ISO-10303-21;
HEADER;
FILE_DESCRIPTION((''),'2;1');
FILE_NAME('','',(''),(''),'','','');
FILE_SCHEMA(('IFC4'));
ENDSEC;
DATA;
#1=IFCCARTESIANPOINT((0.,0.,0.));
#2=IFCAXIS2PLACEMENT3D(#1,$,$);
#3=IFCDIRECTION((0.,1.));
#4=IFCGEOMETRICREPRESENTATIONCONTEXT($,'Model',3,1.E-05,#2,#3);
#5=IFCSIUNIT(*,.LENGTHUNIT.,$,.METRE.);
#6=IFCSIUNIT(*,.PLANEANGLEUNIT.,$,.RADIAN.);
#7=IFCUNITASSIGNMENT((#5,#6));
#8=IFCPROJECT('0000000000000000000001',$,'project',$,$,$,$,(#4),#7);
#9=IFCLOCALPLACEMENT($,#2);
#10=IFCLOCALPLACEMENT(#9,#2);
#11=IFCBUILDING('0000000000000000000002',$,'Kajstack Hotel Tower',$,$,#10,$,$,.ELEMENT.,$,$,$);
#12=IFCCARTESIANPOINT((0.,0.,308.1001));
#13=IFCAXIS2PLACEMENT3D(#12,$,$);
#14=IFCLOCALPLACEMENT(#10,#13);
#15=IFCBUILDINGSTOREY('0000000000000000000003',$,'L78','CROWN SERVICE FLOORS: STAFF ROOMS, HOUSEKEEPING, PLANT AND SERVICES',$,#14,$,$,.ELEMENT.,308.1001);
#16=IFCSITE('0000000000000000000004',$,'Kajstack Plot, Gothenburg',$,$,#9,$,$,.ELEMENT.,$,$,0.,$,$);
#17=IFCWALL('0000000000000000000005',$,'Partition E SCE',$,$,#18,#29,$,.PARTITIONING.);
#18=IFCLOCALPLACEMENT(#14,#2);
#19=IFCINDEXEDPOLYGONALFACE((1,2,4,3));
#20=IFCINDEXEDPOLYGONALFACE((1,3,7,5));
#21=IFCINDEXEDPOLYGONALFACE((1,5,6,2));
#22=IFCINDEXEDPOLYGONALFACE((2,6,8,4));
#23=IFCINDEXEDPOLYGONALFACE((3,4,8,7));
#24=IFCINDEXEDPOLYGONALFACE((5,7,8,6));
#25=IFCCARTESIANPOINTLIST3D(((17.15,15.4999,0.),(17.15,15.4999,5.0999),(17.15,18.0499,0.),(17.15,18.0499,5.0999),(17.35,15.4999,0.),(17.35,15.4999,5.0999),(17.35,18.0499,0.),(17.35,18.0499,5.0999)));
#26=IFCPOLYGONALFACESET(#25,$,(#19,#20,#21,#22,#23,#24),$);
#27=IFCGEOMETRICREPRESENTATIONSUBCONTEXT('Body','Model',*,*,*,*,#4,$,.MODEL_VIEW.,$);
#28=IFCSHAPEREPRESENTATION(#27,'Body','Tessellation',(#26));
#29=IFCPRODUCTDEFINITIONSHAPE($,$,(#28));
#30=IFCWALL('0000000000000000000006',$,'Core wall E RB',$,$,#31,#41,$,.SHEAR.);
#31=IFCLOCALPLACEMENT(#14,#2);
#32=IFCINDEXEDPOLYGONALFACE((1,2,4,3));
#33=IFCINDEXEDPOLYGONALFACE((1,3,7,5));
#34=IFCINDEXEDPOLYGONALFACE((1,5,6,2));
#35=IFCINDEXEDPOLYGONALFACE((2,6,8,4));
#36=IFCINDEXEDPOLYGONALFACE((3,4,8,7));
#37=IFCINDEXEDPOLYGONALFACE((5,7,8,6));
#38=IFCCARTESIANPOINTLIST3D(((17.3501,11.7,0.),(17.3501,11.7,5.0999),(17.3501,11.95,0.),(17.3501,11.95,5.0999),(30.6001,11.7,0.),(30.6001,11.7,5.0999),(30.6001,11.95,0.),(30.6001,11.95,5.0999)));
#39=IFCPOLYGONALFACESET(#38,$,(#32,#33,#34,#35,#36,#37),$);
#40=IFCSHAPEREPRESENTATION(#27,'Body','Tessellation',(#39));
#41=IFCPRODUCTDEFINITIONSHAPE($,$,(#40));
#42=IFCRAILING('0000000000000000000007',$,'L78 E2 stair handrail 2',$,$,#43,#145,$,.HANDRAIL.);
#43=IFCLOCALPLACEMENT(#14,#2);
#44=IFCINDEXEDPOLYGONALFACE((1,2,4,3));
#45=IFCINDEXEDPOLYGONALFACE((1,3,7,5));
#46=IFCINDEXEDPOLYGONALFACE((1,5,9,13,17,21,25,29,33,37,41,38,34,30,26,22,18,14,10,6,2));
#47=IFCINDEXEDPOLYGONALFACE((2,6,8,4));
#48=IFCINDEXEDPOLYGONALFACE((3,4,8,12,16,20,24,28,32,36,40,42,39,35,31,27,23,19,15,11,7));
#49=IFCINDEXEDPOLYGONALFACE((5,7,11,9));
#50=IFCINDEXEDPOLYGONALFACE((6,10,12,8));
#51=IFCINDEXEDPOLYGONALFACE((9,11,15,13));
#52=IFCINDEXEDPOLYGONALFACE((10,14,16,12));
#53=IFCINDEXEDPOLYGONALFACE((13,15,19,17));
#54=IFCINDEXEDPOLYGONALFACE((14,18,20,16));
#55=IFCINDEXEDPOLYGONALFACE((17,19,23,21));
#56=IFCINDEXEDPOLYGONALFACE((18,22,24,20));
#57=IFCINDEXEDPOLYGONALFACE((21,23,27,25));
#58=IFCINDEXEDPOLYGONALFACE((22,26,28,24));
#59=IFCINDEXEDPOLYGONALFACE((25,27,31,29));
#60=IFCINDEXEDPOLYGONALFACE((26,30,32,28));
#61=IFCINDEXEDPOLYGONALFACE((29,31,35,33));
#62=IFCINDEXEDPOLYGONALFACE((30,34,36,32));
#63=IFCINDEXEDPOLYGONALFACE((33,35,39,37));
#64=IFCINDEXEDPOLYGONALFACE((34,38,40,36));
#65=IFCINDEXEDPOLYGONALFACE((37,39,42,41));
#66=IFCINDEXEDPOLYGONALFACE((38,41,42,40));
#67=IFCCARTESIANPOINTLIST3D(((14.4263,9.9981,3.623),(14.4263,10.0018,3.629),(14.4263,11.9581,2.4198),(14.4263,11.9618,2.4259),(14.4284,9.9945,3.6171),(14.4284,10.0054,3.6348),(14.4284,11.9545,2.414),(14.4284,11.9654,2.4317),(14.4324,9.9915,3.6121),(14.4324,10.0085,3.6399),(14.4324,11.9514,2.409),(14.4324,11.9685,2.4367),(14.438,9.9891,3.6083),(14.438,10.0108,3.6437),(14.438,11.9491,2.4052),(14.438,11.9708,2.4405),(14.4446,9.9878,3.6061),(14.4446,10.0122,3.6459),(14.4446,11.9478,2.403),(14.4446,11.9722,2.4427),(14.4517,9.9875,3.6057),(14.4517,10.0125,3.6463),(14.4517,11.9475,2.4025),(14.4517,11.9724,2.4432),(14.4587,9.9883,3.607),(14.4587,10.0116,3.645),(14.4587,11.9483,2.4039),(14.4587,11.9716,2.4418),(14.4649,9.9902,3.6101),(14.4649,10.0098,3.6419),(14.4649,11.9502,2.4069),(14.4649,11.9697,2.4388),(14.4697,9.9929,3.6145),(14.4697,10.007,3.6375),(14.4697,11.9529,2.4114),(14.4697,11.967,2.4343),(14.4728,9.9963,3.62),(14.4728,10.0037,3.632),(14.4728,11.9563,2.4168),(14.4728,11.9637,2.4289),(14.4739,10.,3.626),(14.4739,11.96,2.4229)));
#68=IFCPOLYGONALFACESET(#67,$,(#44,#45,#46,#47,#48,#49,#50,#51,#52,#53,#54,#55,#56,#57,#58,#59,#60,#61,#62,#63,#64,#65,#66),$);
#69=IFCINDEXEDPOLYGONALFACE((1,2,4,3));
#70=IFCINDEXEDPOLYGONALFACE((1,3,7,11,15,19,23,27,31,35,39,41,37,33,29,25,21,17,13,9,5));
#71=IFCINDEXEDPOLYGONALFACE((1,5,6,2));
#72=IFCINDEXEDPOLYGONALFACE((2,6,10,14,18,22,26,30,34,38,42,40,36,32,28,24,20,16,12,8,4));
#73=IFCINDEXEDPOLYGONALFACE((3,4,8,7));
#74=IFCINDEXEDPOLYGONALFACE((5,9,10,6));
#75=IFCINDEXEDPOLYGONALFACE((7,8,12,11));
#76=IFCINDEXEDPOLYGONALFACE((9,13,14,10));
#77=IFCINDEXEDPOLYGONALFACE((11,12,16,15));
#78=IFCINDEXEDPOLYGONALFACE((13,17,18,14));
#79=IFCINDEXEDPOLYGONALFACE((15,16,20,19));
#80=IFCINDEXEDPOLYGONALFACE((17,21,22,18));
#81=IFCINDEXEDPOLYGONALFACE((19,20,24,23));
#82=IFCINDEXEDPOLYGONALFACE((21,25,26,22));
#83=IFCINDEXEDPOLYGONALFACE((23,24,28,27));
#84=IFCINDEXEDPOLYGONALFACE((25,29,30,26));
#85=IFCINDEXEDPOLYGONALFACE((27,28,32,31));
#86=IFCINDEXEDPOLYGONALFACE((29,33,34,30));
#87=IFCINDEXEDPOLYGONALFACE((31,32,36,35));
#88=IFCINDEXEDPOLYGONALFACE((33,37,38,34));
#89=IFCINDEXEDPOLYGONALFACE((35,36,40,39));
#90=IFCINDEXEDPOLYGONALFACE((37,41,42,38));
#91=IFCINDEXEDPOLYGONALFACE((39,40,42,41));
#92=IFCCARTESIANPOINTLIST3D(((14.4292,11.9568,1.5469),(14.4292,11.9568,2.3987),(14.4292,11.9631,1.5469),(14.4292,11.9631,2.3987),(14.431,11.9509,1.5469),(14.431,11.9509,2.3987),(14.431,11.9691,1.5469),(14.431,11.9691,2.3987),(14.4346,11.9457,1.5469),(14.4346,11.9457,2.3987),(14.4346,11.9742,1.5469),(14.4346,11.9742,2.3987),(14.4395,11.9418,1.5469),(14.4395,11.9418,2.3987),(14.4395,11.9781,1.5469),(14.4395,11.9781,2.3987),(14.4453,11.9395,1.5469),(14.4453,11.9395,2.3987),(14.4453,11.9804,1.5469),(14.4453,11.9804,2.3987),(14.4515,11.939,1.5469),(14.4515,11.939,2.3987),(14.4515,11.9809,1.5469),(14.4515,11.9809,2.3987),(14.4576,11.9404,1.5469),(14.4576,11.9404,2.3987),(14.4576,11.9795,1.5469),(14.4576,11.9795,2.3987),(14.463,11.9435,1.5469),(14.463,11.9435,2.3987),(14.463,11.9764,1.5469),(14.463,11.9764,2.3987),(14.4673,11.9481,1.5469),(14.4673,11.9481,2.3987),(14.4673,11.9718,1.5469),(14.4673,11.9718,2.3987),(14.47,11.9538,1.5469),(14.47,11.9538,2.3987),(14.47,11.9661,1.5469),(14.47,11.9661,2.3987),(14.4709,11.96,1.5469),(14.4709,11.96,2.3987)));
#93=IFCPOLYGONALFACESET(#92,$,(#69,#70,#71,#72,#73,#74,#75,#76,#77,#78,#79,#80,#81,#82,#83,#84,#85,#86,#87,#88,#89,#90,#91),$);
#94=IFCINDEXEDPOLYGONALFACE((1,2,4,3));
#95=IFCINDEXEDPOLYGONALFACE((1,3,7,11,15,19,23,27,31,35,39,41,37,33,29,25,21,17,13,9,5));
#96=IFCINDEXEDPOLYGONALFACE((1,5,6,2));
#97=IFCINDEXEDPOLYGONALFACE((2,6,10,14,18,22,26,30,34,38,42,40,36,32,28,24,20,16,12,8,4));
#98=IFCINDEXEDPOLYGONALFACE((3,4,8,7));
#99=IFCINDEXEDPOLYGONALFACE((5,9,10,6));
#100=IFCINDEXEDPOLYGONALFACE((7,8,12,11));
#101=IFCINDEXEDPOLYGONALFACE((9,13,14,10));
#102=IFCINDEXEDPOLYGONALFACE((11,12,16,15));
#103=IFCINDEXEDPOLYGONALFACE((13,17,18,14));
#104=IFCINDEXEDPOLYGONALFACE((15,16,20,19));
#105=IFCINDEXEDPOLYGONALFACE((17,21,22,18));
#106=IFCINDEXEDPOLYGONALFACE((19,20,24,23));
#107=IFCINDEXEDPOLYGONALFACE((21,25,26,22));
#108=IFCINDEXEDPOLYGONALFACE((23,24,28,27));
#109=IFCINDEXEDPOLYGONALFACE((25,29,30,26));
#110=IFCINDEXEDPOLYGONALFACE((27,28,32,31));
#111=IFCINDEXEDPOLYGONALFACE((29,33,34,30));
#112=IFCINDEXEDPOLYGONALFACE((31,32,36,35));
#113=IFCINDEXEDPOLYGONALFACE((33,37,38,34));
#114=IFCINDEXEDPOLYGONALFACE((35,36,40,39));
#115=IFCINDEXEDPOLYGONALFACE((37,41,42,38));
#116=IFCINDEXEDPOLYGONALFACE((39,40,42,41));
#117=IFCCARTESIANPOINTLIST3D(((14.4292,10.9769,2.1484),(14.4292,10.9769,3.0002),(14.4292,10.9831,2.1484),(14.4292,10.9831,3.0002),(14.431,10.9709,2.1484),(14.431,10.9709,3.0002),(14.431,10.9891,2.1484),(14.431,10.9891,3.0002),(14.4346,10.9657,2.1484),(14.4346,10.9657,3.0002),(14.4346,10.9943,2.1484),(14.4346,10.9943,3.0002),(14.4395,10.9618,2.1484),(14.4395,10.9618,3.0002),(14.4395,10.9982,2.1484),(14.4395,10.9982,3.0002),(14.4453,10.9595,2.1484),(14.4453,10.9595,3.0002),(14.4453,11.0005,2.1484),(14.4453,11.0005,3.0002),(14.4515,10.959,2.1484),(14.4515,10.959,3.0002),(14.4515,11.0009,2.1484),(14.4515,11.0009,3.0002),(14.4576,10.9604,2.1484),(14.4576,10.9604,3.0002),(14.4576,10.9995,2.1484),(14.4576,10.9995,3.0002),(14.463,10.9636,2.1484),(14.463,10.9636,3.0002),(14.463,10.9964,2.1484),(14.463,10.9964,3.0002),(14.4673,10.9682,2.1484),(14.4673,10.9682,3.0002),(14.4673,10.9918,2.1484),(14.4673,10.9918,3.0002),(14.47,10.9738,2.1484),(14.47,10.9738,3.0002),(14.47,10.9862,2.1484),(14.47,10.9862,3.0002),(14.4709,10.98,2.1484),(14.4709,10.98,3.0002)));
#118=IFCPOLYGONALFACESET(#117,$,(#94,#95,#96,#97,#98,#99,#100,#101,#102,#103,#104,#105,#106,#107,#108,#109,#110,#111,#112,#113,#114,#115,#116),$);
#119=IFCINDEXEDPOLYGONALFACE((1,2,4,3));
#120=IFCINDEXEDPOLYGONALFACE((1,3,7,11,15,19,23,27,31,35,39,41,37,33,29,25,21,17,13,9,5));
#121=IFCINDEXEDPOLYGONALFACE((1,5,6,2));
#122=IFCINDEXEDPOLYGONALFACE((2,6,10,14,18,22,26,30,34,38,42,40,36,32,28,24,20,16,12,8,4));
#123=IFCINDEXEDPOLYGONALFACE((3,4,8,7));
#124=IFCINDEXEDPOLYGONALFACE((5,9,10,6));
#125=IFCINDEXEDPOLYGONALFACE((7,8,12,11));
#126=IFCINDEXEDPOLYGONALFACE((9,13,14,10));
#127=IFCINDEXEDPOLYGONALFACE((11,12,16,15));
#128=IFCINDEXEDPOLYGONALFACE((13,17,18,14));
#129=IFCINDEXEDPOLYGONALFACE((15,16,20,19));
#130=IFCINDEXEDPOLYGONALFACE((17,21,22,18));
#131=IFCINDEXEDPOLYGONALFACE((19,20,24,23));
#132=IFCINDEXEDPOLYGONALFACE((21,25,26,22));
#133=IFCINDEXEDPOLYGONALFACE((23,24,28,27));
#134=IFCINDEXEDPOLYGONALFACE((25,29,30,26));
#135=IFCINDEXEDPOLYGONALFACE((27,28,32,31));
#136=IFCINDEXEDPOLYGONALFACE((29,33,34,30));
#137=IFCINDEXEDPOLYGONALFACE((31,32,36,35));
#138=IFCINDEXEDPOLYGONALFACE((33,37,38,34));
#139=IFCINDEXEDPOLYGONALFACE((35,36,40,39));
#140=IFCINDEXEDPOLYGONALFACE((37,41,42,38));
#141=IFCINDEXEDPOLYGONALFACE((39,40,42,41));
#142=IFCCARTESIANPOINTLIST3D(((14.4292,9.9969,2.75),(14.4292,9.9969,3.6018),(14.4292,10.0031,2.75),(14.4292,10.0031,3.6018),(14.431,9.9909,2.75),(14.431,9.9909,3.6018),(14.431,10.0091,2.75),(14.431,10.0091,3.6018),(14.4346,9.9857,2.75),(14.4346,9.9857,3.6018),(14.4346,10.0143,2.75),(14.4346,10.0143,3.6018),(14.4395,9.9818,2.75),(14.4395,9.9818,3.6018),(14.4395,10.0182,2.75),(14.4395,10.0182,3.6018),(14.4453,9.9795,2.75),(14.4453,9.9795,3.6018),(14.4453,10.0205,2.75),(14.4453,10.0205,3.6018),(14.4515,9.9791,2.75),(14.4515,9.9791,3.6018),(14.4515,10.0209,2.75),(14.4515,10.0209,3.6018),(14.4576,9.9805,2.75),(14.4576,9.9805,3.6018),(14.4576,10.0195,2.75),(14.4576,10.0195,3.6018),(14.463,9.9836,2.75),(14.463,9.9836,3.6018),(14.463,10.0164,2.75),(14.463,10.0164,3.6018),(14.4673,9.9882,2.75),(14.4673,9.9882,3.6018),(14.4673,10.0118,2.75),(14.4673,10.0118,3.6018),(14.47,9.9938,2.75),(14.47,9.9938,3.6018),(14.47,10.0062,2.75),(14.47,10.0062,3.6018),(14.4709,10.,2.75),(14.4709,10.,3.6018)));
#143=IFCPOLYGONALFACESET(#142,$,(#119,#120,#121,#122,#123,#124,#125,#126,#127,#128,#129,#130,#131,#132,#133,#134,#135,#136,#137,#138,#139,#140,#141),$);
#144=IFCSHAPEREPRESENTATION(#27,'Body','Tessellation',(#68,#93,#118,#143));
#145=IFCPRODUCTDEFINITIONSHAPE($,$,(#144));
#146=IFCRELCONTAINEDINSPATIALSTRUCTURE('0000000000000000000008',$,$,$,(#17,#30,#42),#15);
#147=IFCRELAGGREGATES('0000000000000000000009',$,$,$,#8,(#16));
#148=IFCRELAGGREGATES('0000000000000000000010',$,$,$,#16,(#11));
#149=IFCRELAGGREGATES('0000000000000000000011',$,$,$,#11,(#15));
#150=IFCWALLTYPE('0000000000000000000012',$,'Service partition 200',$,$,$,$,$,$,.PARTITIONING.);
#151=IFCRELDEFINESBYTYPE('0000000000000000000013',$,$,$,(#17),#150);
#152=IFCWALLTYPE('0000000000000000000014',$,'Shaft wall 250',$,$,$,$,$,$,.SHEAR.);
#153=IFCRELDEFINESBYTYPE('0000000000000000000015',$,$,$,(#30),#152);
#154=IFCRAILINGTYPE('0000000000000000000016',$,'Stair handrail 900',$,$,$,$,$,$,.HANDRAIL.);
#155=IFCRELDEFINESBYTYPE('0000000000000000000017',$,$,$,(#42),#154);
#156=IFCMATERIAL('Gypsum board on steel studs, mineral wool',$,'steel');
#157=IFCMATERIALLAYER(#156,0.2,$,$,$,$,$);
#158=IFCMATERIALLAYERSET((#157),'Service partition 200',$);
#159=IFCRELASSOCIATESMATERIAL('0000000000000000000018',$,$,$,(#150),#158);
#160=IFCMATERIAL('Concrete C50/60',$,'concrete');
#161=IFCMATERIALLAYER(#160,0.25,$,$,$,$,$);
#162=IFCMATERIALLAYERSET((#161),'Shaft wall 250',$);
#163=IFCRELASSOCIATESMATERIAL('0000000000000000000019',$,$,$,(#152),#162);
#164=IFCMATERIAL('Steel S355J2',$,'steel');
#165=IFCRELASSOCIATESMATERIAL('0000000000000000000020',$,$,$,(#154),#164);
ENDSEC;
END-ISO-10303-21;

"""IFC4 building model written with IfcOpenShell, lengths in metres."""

from ifc_helpers import new_model, si_unit, direction, frame, frame_2d, origin, origin_2d, place, context, subcontext, project, spatial, rectangle, circle, extrude, material, layer, layer_set, type_object, element, save


model = new_model("IFC4")

# Units and contexts
model_context = context("Model", 3, precision=1e-05, world=origin(), true_north=direction((0.0, 1.0)))
body_context = subcontext(model_context, "Body", "Model", "MODEL_VIEW")
ifc_project = project(units=[si_unit("LENGTHUNIT", "METRE"), si_unit("PLANEANGLEUNIT", "RADIAN")], contexts=[model_context])

# Site, building, storey
site_placement = place(None, origin())
site = spatial("IfcSite", under=ifc_project, at=site_placement, Name="Kajstack Plot, Gothenburg", CompositionType="ELEMENT", RefElevation=0.0)
building_placement = place(site_placement, origin())
building = spatial("IfcBuilding", under=site, at=building_placement, Name="Kajstack Hotel Tower", CompositionType="ELEMENT")
storey_placement = place(building_placement, frame((0.0, 0.0, 308.1001)))
storey = spatial("IfcBuildingStorey", under=building, at=storey_placement, Name="L78", Description="CROWN SERVICE FLOORS: STAFF ROOMS, HOUSEKEEPING, PLANT AND SERVICES", CompositionType="ELEMENT", Elevation=308.1001)

# Shared definitions
ifc_material_1 = material(Name="Steel S355J2", Category="steel")

# Walls
ifc_material_2 = material(Name="Gypsum board on steel studs, mineral wool", Category="steel")
ifc_layer_1 = layer(ifc_material_2, 0.2)
ifc_layer_set_1 = layer_set([ifc_layer_1], Name="Service partition 200")
wall_type_1 = type_object("IfcWallType", Name="Service partition 200", PredefinedType="PARTITIONING", material=ifc_layer_set_1)
wall_1_placement = place(storey_placement, frame((17.25, 15.5, 0.0), z_axis=(0.0, 0.0, 1.0), x_axis=(0.0, 1.0, 0.0)))
element("IfcWall", 1, at=wall_1_placement, inside=storey, type_object=wall_type_1, Name="Partition E SCE", PredefinedType="PARTITIONING", context=body_context, shape_type="SweptSolid", body=[
    extrude(rectangle(XDim=2.55, YDim=0.2, at=frame_2d((1.2749, 0.0))), origin(), (0.0, 0.0, 1.0), 5.0999),
])
ifc_material_3 = material(Name="Concrete C50/60", Category="concrete")
ifc_layer_2 = layer(ifc_material_3, 0.25)
ifc_layer_set_2 = layer_set([ifc_layer_2], Name="Shaft wall 250")
wall_type_2 = type_object("IfcWallType", Name="Shaft wall 250", PredefinedType="SHEAR", material=ifc_layer_set_2)
wall_2_placement = place(storey_placement, frame((17.3501, 11.825, 0.0), z_axis=(0.0, 0.0, 1.0), x_axis=(1.0, 0.0, 0.0)))
element("IfcWall", 2, at=wall_2_placement, inside=storey, type_object=wall_type_2, Name="Core wall E RB", PredefinedType="SHEAR", context=body_context, shape_type="SweptSolid", body=[
    extrude(rectangle(XDim=13.25, YDim=0.25, at=frame_2d((6.625, 0.0))), origin(), (0.0, 0.0, 1.0), 5.0999),
])

# Railing
railing_type = type_object("IfcRailingType", Name="Stair handrail 900", PredefinedType="HANDRAIL", material=ifc_material_1)
for number, where, name in (
    (3, (14.45, 11.96, 1.5469), "L78 E2 stair handrail 2"),
):
    element("IfcRailing", number, at=place(storey_placement, frame(where)), inside=storey, type_object=railing_type, Name=name, PredefinedType="HANDRAIL", context=body_context, shape_type="SweptSolid", body=[
        extrude(circle(Radius=0.0239, at=origin_2d()), frame((0.0, 0.0, 0.876), z_axis=(0.0, -0.852241, 0.523149), x_axis=(1.0, 0.0, 0.0)), (0.0, 0.0, 1.0), 2.2998),
        extrude(circle(Radius=0.021, at=origin_2d()), origin(), (0.0, 0.0, 1.0), 0.8518),
        extrude(circle(Radius=0.021, at=origin_2d()), frame((0.0, -0.98, 0.6016)), (0.0, 0.0, 1.0), 0.8518),
        extrude(circle(Radius=0.021, at=origin_2d()), frame((0.0, -1.96, 1.2031)), (0.0, 0.0, 1.0), 0.8518),
    ])

save(model, "model.ifc")
